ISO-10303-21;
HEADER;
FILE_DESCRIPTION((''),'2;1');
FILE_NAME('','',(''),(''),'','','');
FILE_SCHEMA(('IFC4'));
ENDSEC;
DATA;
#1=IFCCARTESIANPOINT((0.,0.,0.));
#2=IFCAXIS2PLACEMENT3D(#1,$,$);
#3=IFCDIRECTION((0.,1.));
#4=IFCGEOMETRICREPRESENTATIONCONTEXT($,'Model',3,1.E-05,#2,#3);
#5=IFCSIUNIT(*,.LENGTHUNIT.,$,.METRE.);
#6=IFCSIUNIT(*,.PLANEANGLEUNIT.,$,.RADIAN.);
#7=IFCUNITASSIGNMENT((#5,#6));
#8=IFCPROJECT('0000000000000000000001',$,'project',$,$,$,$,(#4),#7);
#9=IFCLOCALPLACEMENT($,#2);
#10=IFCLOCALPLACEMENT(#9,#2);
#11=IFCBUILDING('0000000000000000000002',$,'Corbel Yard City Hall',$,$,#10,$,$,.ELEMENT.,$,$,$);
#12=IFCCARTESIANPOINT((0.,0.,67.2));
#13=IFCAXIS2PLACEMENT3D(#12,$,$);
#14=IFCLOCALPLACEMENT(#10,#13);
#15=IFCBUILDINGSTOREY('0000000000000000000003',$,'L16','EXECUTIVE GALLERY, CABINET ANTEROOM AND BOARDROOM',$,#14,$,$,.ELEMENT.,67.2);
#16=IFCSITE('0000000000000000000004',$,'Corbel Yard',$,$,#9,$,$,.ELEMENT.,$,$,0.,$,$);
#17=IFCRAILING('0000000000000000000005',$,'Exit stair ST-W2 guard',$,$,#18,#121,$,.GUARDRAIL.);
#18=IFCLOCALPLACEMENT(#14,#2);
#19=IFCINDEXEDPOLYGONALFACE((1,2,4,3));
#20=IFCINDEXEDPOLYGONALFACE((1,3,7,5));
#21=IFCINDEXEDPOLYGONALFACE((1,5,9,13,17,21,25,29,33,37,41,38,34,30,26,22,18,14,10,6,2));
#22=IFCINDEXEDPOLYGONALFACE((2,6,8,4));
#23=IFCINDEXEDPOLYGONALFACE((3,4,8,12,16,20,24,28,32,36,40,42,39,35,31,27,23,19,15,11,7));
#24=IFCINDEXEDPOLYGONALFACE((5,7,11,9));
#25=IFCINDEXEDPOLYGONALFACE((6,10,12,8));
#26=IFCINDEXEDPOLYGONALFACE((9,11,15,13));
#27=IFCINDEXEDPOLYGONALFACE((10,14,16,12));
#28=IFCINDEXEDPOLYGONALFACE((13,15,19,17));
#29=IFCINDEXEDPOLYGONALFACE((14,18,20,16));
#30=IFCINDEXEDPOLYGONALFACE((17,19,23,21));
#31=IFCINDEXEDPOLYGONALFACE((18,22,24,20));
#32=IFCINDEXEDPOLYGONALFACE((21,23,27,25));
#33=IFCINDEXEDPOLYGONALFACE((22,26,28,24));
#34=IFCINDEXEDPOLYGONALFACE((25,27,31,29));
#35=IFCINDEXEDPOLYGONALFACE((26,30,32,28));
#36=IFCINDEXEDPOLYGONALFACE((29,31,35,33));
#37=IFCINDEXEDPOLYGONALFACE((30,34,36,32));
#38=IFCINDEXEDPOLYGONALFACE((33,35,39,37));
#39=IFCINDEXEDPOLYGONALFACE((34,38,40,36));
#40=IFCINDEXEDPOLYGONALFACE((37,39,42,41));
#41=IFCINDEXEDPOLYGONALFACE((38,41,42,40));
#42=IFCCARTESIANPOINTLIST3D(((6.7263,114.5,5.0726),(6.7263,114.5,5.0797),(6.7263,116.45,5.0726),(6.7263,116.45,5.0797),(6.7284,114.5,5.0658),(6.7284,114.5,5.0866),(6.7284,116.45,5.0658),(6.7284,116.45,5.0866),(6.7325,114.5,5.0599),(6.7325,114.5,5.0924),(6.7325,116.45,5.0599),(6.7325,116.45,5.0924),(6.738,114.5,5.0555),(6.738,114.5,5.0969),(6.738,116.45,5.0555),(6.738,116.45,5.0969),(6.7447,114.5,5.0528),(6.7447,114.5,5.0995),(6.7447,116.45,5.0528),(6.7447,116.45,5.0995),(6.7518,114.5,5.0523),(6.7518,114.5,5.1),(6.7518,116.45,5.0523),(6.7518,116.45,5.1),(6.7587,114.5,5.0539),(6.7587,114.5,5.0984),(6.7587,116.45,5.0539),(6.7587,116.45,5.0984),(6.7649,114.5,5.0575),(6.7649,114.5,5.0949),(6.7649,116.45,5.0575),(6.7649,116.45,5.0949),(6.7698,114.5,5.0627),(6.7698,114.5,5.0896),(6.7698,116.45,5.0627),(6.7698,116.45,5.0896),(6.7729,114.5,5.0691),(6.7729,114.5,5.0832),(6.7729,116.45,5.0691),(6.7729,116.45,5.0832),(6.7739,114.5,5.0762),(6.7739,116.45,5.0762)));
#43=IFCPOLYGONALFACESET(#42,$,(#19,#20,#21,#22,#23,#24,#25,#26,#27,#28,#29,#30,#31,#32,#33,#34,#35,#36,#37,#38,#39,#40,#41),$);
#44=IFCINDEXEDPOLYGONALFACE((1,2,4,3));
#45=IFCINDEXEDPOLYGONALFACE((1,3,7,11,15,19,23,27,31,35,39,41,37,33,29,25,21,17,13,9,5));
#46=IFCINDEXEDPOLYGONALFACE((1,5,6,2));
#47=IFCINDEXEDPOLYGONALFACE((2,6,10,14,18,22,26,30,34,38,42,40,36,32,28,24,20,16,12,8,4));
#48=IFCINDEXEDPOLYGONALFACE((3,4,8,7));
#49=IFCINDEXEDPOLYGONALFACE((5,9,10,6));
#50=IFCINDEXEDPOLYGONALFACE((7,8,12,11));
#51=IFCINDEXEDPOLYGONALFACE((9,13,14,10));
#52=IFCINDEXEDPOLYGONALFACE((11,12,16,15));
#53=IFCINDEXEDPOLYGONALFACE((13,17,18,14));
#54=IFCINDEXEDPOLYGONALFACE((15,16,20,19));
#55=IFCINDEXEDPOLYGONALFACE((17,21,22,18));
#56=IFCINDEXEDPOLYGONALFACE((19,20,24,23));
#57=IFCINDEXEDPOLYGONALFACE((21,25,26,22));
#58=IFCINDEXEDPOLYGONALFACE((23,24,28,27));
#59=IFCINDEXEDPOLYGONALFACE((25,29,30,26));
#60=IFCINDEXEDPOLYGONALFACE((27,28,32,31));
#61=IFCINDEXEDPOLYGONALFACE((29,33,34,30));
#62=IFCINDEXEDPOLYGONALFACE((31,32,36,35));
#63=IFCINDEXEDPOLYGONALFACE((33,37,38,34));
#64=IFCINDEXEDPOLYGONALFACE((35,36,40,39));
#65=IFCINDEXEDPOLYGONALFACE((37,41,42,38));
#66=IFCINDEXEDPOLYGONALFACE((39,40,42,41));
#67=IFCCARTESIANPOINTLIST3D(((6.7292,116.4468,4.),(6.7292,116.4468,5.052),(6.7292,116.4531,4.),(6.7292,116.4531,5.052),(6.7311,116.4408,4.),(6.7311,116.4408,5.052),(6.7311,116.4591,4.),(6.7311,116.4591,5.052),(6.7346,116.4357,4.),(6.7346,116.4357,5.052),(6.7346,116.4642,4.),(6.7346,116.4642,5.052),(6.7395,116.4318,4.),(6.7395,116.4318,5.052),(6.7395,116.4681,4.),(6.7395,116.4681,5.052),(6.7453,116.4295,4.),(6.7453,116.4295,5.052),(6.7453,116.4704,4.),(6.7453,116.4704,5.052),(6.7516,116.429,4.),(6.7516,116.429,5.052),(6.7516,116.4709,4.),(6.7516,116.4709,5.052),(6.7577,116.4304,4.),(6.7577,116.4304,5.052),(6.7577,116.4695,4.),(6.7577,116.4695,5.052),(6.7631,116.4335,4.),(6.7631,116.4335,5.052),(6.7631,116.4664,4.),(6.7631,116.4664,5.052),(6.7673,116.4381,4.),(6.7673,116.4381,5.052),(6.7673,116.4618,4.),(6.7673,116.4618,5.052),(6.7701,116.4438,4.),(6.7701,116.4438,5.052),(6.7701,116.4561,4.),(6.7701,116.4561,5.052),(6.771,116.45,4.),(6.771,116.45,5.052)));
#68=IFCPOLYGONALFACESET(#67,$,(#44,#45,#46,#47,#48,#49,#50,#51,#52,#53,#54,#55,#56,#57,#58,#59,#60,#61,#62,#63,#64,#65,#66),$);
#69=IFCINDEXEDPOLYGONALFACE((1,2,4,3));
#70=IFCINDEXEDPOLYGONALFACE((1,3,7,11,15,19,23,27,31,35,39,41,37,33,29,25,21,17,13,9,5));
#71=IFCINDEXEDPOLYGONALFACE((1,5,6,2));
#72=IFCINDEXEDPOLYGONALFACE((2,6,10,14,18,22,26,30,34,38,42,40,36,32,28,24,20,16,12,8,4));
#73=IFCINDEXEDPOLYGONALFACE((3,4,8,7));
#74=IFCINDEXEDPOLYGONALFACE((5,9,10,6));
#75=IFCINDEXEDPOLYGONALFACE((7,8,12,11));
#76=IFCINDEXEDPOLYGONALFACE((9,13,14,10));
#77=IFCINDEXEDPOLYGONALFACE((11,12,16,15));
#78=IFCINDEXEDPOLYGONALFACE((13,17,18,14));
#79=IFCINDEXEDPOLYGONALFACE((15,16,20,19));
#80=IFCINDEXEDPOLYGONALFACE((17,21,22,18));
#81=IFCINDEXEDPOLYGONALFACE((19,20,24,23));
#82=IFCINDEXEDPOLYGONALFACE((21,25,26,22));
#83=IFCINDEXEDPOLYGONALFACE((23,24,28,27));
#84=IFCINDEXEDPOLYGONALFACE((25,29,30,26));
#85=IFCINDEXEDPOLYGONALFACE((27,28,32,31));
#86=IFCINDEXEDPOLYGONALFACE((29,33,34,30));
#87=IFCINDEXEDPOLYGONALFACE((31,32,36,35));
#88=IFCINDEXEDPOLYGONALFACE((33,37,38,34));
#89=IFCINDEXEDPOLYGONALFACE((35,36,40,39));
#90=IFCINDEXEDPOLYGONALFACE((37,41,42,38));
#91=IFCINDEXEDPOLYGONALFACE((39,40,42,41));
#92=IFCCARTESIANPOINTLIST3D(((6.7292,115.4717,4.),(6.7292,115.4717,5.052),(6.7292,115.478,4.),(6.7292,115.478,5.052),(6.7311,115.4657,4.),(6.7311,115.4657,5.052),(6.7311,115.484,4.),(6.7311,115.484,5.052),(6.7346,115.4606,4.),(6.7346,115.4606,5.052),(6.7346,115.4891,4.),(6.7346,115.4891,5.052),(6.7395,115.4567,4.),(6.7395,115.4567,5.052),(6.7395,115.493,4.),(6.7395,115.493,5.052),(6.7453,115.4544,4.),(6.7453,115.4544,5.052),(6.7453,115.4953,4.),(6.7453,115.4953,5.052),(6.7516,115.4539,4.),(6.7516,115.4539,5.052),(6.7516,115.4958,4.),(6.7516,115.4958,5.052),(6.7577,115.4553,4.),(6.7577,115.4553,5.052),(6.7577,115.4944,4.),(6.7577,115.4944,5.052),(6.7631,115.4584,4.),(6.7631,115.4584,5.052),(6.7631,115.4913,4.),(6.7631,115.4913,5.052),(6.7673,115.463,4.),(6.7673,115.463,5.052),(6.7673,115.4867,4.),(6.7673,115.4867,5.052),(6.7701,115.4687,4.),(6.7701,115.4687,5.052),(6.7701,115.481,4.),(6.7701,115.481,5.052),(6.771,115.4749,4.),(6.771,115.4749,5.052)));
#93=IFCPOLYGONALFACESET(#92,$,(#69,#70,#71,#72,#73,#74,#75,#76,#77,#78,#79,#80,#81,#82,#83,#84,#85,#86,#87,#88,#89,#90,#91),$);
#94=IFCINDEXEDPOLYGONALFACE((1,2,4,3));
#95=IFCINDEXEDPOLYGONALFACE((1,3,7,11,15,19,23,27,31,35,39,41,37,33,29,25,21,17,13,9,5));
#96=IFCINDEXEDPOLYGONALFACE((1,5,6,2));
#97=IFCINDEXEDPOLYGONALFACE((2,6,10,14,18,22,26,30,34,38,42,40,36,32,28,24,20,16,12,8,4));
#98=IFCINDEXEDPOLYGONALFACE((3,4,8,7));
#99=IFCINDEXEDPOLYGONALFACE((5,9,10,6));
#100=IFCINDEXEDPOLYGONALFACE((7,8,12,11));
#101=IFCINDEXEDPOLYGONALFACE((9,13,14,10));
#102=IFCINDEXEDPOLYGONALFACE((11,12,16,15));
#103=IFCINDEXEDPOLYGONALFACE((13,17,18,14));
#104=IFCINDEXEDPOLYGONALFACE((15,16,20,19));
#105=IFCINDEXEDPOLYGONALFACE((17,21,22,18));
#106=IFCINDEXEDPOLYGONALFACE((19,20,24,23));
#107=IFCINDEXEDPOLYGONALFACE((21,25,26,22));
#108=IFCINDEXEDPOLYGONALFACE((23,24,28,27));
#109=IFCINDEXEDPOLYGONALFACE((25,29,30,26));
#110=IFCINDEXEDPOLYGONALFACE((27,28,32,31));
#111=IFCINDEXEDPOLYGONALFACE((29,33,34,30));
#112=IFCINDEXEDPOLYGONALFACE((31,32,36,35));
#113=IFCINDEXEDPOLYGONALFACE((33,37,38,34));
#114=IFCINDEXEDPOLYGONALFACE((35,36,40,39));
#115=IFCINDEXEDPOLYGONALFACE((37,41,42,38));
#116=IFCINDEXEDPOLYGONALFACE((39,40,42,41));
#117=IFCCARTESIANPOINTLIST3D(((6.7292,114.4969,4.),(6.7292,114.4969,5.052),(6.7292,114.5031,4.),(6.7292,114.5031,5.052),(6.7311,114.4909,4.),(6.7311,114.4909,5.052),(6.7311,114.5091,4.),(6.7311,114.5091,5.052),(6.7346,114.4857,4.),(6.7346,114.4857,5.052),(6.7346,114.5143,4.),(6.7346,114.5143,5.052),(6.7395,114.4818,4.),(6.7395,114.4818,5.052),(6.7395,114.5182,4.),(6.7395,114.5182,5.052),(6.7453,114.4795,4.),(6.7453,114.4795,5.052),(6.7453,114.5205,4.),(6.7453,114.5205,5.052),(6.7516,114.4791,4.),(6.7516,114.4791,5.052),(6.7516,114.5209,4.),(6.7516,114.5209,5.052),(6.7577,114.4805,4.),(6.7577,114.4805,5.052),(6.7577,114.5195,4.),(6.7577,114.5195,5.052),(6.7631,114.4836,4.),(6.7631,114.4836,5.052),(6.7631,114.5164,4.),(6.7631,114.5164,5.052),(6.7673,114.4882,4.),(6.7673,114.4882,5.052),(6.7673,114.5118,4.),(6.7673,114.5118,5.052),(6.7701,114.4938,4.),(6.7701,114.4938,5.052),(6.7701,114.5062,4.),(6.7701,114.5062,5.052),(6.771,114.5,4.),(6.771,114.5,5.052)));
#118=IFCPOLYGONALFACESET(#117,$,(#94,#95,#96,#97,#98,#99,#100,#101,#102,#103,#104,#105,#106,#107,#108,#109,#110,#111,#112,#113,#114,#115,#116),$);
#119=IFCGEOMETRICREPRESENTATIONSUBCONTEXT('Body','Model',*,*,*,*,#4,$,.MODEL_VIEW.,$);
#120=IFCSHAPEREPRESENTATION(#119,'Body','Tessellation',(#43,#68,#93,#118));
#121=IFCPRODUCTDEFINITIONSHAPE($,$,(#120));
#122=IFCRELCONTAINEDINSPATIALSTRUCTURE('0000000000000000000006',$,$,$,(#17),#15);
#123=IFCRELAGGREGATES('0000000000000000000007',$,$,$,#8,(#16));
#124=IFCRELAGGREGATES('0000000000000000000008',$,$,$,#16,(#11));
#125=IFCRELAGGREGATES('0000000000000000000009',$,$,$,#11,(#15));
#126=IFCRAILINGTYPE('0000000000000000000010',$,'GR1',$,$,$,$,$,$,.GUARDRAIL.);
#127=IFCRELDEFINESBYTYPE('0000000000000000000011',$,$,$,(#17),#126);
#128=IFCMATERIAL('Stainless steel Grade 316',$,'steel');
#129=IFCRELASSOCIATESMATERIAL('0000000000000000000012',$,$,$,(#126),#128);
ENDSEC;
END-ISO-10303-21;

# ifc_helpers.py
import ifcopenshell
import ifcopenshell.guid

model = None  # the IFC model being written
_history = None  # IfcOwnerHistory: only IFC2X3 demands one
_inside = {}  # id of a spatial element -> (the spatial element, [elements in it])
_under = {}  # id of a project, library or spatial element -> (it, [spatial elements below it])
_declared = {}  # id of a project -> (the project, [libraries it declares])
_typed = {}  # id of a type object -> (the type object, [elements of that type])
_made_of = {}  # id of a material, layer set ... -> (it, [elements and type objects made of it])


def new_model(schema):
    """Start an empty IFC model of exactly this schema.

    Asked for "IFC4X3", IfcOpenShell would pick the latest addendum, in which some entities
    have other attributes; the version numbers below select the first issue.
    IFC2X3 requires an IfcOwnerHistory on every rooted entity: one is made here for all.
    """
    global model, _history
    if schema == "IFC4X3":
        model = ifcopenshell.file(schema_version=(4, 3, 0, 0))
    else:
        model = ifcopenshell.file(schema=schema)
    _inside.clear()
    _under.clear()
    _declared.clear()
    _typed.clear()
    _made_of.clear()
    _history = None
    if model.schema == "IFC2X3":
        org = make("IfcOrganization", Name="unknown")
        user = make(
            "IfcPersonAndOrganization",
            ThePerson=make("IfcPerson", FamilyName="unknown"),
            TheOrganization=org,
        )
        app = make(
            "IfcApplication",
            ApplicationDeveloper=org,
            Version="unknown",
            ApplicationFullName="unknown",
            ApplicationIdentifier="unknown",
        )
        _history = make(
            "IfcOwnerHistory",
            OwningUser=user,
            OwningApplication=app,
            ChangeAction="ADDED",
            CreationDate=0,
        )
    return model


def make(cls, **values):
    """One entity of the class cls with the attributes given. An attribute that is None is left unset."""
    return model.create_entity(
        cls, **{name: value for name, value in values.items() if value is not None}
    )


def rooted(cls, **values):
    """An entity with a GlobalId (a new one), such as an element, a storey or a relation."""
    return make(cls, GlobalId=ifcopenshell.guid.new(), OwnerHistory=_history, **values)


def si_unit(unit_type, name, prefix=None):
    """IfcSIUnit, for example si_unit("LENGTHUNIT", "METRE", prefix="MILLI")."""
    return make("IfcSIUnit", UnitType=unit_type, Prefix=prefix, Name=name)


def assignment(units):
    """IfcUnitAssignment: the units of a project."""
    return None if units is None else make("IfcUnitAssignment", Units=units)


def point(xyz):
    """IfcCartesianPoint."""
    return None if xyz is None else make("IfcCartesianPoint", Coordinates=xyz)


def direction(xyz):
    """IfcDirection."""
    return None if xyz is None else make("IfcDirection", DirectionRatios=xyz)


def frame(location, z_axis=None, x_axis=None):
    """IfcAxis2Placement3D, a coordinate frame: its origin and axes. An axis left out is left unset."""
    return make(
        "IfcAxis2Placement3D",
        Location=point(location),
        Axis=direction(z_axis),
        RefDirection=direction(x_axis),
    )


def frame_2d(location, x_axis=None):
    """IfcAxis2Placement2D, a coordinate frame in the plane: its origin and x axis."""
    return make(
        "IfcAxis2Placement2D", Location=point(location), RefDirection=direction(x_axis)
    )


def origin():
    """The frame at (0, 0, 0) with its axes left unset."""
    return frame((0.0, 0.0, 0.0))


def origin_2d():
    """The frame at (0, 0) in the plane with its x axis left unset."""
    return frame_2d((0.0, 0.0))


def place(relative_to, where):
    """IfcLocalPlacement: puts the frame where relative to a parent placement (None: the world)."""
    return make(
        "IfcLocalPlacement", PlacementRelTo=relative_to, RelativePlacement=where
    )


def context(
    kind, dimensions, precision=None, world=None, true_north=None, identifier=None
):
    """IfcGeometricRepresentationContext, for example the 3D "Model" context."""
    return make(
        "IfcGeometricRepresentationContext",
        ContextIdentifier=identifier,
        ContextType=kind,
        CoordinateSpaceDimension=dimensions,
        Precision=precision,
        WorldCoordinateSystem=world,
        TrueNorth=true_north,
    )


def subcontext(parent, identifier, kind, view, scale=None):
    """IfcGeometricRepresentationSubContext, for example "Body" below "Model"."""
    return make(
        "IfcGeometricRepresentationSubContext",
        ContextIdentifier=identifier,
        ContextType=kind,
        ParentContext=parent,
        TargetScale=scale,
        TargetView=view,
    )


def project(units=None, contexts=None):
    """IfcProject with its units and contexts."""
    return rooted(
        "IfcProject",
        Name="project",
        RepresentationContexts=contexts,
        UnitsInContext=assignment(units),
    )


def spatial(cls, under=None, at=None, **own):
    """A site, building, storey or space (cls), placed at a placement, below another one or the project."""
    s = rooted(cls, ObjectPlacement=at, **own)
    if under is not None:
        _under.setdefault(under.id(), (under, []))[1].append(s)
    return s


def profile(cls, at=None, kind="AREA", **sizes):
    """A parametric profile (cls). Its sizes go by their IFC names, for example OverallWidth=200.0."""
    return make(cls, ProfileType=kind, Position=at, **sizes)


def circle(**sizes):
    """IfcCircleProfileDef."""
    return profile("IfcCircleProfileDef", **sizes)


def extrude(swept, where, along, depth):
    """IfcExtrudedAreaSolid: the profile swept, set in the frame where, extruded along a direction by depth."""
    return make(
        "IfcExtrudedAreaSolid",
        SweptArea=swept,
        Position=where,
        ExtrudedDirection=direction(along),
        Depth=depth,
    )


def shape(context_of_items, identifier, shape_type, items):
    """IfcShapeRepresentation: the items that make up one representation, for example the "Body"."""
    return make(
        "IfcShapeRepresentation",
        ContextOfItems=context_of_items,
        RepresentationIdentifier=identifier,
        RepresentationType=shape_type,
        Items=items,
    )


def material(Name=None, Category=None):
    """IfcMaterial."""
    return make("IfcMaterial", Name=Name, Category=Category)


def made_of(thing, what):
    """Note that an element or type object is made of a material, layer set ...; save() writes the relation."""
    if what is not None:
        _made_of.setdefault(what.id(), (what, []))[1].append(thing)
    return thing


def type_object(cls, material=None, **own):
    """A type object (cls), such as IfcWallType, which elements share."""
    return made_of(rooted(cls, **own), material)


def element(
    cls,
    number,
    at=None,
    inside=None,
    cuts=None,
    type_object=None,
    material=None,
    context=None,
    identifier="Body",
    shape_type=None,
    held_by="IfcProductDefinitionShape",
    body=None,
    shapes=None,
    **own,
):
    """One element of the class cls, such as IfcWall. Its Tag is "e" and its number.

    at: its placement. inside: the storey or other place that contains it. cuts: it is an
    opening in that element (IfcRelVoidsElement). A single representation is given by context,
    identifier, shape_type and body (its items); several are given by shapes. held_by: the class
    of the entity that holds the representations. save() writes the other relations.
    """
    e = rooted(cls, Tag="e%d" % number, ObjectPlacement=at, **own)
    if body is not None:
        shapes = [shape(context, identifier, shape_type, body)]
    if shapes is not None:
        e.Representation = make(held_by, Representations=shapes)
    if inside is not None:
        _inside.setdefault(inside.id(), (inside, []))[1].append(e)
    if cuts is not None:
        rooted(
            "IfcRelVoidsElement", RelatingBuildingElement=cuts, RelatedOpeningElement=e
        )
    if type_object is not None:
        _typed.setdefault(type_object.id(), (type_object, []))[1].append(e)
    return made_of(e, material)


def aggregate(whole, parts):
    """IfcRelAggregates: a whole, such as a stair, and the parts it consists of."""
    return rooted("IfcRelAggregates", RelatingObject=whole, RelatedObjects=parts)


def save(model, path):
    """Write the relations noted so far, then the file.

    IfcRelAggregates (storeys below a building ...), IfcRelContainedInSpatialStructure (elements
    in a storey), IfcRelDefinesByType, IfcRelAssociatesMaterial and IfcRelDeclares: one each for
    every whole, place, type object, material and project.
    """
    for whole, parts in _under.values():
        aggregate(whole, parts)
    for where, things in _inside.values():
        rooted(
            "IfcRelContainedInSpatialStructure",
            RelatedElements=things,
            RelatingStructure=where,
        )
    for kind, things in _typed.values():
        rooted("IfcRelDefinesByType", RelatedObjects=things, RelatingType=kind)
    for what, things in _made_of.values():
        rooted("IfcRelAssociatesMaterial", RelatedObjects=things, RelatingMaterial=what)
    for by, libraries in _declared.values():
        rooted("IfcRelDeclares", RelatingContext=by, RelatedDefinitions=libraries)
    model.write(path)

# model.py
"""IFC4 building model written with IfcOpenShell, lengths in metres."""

from ifc_helpers import new_model, si_unit, direction, frame, origin, origin_2d, place, context, subcontext, project, spatial, circle, extrude, material, type_object, element, save


model = new_model("IFC4")

# Units and contexts
model_context = context("Model", 3, precision=1e-05, world=origin(), true_north=direction((0.0, 1.0)))
body_context = subcontext(model_context, "Body", "Model", "MODEL_VIEW")
ifc_project = project(units=[si_unit("LENGTHUNIT", "METRE"), si_unit("PLANEANGLEUNIT", "RADIAN")], contexts=[model_context])

# Site, building, storey
site_placement = place(None, origin())
site = spatial("IfcSite", under=ifc_project, at=site_placement, Name="Corbel Yard", CompositionType="ELEMENT", RefElevation=0.0)
building_placement = place(site_placement, origin())
building = spatial("IfcBuilding", under=site, at=building_placement, Name="Corbel Yard City Hall", CompositionType="ELEMENT")
storey_placement = place(building_placement, frame((0.0, 0.0, 67.2)))
storey = spatial("IfcBuildingStorey", under=building, at=storey_placement, Name="L16", Description="EXECUTIVE GALLERY, CABINET ANTEROOM AND BOARDROOM", CompositionType="ELEMENT", Elevation=67.2)

# Railing
ifc_material_1 = material(Name="Stainless steel Grade 316", Category="steel")
railing_type_1 = type_object("IfcRailingType", Name="GR1", PredefinedType="GUARDRAIL", material=ifc_material_1)
railing_1_placement = place(storey_placement, frame((6.75, 116.45, 4.0)))
element("IfcRailing", 1, at=railing_1_placement, inside=storey, type_object=railing_type_1, Name="Exit stair ST-W2 guard", PredefinedType="GUARDRAIL", context=body_context, shape_type="SweptSolid", body=[
    extrude(circle(Radius=0.0239, at=origin_2d()), frame((0.0, 0.0, 1.0762), z_axis=(0.0, -1.0, 0.0), x_axis=(1.0, 0.0, 0.0)), (0.0, 0.0, 1.0), 1.95),
    extrude(circle(Radius=0.021, at=origin_2d()), origin(), (0.0, 0.0, 1.0), 1.052),
    extrude(circle(Radius=0.021, at=origin_2d()), frame((0.0, -0.9751, 0.0)), (0.0, 0.0, 1.0), 1.052),
    extrude(circle(Radius=0.021, at=origin_2d()), frame((0.0, -1.95, 0.0)), (0.0, 0.0, 1.0), 1.052),
])

save(model, "model.ifc")
